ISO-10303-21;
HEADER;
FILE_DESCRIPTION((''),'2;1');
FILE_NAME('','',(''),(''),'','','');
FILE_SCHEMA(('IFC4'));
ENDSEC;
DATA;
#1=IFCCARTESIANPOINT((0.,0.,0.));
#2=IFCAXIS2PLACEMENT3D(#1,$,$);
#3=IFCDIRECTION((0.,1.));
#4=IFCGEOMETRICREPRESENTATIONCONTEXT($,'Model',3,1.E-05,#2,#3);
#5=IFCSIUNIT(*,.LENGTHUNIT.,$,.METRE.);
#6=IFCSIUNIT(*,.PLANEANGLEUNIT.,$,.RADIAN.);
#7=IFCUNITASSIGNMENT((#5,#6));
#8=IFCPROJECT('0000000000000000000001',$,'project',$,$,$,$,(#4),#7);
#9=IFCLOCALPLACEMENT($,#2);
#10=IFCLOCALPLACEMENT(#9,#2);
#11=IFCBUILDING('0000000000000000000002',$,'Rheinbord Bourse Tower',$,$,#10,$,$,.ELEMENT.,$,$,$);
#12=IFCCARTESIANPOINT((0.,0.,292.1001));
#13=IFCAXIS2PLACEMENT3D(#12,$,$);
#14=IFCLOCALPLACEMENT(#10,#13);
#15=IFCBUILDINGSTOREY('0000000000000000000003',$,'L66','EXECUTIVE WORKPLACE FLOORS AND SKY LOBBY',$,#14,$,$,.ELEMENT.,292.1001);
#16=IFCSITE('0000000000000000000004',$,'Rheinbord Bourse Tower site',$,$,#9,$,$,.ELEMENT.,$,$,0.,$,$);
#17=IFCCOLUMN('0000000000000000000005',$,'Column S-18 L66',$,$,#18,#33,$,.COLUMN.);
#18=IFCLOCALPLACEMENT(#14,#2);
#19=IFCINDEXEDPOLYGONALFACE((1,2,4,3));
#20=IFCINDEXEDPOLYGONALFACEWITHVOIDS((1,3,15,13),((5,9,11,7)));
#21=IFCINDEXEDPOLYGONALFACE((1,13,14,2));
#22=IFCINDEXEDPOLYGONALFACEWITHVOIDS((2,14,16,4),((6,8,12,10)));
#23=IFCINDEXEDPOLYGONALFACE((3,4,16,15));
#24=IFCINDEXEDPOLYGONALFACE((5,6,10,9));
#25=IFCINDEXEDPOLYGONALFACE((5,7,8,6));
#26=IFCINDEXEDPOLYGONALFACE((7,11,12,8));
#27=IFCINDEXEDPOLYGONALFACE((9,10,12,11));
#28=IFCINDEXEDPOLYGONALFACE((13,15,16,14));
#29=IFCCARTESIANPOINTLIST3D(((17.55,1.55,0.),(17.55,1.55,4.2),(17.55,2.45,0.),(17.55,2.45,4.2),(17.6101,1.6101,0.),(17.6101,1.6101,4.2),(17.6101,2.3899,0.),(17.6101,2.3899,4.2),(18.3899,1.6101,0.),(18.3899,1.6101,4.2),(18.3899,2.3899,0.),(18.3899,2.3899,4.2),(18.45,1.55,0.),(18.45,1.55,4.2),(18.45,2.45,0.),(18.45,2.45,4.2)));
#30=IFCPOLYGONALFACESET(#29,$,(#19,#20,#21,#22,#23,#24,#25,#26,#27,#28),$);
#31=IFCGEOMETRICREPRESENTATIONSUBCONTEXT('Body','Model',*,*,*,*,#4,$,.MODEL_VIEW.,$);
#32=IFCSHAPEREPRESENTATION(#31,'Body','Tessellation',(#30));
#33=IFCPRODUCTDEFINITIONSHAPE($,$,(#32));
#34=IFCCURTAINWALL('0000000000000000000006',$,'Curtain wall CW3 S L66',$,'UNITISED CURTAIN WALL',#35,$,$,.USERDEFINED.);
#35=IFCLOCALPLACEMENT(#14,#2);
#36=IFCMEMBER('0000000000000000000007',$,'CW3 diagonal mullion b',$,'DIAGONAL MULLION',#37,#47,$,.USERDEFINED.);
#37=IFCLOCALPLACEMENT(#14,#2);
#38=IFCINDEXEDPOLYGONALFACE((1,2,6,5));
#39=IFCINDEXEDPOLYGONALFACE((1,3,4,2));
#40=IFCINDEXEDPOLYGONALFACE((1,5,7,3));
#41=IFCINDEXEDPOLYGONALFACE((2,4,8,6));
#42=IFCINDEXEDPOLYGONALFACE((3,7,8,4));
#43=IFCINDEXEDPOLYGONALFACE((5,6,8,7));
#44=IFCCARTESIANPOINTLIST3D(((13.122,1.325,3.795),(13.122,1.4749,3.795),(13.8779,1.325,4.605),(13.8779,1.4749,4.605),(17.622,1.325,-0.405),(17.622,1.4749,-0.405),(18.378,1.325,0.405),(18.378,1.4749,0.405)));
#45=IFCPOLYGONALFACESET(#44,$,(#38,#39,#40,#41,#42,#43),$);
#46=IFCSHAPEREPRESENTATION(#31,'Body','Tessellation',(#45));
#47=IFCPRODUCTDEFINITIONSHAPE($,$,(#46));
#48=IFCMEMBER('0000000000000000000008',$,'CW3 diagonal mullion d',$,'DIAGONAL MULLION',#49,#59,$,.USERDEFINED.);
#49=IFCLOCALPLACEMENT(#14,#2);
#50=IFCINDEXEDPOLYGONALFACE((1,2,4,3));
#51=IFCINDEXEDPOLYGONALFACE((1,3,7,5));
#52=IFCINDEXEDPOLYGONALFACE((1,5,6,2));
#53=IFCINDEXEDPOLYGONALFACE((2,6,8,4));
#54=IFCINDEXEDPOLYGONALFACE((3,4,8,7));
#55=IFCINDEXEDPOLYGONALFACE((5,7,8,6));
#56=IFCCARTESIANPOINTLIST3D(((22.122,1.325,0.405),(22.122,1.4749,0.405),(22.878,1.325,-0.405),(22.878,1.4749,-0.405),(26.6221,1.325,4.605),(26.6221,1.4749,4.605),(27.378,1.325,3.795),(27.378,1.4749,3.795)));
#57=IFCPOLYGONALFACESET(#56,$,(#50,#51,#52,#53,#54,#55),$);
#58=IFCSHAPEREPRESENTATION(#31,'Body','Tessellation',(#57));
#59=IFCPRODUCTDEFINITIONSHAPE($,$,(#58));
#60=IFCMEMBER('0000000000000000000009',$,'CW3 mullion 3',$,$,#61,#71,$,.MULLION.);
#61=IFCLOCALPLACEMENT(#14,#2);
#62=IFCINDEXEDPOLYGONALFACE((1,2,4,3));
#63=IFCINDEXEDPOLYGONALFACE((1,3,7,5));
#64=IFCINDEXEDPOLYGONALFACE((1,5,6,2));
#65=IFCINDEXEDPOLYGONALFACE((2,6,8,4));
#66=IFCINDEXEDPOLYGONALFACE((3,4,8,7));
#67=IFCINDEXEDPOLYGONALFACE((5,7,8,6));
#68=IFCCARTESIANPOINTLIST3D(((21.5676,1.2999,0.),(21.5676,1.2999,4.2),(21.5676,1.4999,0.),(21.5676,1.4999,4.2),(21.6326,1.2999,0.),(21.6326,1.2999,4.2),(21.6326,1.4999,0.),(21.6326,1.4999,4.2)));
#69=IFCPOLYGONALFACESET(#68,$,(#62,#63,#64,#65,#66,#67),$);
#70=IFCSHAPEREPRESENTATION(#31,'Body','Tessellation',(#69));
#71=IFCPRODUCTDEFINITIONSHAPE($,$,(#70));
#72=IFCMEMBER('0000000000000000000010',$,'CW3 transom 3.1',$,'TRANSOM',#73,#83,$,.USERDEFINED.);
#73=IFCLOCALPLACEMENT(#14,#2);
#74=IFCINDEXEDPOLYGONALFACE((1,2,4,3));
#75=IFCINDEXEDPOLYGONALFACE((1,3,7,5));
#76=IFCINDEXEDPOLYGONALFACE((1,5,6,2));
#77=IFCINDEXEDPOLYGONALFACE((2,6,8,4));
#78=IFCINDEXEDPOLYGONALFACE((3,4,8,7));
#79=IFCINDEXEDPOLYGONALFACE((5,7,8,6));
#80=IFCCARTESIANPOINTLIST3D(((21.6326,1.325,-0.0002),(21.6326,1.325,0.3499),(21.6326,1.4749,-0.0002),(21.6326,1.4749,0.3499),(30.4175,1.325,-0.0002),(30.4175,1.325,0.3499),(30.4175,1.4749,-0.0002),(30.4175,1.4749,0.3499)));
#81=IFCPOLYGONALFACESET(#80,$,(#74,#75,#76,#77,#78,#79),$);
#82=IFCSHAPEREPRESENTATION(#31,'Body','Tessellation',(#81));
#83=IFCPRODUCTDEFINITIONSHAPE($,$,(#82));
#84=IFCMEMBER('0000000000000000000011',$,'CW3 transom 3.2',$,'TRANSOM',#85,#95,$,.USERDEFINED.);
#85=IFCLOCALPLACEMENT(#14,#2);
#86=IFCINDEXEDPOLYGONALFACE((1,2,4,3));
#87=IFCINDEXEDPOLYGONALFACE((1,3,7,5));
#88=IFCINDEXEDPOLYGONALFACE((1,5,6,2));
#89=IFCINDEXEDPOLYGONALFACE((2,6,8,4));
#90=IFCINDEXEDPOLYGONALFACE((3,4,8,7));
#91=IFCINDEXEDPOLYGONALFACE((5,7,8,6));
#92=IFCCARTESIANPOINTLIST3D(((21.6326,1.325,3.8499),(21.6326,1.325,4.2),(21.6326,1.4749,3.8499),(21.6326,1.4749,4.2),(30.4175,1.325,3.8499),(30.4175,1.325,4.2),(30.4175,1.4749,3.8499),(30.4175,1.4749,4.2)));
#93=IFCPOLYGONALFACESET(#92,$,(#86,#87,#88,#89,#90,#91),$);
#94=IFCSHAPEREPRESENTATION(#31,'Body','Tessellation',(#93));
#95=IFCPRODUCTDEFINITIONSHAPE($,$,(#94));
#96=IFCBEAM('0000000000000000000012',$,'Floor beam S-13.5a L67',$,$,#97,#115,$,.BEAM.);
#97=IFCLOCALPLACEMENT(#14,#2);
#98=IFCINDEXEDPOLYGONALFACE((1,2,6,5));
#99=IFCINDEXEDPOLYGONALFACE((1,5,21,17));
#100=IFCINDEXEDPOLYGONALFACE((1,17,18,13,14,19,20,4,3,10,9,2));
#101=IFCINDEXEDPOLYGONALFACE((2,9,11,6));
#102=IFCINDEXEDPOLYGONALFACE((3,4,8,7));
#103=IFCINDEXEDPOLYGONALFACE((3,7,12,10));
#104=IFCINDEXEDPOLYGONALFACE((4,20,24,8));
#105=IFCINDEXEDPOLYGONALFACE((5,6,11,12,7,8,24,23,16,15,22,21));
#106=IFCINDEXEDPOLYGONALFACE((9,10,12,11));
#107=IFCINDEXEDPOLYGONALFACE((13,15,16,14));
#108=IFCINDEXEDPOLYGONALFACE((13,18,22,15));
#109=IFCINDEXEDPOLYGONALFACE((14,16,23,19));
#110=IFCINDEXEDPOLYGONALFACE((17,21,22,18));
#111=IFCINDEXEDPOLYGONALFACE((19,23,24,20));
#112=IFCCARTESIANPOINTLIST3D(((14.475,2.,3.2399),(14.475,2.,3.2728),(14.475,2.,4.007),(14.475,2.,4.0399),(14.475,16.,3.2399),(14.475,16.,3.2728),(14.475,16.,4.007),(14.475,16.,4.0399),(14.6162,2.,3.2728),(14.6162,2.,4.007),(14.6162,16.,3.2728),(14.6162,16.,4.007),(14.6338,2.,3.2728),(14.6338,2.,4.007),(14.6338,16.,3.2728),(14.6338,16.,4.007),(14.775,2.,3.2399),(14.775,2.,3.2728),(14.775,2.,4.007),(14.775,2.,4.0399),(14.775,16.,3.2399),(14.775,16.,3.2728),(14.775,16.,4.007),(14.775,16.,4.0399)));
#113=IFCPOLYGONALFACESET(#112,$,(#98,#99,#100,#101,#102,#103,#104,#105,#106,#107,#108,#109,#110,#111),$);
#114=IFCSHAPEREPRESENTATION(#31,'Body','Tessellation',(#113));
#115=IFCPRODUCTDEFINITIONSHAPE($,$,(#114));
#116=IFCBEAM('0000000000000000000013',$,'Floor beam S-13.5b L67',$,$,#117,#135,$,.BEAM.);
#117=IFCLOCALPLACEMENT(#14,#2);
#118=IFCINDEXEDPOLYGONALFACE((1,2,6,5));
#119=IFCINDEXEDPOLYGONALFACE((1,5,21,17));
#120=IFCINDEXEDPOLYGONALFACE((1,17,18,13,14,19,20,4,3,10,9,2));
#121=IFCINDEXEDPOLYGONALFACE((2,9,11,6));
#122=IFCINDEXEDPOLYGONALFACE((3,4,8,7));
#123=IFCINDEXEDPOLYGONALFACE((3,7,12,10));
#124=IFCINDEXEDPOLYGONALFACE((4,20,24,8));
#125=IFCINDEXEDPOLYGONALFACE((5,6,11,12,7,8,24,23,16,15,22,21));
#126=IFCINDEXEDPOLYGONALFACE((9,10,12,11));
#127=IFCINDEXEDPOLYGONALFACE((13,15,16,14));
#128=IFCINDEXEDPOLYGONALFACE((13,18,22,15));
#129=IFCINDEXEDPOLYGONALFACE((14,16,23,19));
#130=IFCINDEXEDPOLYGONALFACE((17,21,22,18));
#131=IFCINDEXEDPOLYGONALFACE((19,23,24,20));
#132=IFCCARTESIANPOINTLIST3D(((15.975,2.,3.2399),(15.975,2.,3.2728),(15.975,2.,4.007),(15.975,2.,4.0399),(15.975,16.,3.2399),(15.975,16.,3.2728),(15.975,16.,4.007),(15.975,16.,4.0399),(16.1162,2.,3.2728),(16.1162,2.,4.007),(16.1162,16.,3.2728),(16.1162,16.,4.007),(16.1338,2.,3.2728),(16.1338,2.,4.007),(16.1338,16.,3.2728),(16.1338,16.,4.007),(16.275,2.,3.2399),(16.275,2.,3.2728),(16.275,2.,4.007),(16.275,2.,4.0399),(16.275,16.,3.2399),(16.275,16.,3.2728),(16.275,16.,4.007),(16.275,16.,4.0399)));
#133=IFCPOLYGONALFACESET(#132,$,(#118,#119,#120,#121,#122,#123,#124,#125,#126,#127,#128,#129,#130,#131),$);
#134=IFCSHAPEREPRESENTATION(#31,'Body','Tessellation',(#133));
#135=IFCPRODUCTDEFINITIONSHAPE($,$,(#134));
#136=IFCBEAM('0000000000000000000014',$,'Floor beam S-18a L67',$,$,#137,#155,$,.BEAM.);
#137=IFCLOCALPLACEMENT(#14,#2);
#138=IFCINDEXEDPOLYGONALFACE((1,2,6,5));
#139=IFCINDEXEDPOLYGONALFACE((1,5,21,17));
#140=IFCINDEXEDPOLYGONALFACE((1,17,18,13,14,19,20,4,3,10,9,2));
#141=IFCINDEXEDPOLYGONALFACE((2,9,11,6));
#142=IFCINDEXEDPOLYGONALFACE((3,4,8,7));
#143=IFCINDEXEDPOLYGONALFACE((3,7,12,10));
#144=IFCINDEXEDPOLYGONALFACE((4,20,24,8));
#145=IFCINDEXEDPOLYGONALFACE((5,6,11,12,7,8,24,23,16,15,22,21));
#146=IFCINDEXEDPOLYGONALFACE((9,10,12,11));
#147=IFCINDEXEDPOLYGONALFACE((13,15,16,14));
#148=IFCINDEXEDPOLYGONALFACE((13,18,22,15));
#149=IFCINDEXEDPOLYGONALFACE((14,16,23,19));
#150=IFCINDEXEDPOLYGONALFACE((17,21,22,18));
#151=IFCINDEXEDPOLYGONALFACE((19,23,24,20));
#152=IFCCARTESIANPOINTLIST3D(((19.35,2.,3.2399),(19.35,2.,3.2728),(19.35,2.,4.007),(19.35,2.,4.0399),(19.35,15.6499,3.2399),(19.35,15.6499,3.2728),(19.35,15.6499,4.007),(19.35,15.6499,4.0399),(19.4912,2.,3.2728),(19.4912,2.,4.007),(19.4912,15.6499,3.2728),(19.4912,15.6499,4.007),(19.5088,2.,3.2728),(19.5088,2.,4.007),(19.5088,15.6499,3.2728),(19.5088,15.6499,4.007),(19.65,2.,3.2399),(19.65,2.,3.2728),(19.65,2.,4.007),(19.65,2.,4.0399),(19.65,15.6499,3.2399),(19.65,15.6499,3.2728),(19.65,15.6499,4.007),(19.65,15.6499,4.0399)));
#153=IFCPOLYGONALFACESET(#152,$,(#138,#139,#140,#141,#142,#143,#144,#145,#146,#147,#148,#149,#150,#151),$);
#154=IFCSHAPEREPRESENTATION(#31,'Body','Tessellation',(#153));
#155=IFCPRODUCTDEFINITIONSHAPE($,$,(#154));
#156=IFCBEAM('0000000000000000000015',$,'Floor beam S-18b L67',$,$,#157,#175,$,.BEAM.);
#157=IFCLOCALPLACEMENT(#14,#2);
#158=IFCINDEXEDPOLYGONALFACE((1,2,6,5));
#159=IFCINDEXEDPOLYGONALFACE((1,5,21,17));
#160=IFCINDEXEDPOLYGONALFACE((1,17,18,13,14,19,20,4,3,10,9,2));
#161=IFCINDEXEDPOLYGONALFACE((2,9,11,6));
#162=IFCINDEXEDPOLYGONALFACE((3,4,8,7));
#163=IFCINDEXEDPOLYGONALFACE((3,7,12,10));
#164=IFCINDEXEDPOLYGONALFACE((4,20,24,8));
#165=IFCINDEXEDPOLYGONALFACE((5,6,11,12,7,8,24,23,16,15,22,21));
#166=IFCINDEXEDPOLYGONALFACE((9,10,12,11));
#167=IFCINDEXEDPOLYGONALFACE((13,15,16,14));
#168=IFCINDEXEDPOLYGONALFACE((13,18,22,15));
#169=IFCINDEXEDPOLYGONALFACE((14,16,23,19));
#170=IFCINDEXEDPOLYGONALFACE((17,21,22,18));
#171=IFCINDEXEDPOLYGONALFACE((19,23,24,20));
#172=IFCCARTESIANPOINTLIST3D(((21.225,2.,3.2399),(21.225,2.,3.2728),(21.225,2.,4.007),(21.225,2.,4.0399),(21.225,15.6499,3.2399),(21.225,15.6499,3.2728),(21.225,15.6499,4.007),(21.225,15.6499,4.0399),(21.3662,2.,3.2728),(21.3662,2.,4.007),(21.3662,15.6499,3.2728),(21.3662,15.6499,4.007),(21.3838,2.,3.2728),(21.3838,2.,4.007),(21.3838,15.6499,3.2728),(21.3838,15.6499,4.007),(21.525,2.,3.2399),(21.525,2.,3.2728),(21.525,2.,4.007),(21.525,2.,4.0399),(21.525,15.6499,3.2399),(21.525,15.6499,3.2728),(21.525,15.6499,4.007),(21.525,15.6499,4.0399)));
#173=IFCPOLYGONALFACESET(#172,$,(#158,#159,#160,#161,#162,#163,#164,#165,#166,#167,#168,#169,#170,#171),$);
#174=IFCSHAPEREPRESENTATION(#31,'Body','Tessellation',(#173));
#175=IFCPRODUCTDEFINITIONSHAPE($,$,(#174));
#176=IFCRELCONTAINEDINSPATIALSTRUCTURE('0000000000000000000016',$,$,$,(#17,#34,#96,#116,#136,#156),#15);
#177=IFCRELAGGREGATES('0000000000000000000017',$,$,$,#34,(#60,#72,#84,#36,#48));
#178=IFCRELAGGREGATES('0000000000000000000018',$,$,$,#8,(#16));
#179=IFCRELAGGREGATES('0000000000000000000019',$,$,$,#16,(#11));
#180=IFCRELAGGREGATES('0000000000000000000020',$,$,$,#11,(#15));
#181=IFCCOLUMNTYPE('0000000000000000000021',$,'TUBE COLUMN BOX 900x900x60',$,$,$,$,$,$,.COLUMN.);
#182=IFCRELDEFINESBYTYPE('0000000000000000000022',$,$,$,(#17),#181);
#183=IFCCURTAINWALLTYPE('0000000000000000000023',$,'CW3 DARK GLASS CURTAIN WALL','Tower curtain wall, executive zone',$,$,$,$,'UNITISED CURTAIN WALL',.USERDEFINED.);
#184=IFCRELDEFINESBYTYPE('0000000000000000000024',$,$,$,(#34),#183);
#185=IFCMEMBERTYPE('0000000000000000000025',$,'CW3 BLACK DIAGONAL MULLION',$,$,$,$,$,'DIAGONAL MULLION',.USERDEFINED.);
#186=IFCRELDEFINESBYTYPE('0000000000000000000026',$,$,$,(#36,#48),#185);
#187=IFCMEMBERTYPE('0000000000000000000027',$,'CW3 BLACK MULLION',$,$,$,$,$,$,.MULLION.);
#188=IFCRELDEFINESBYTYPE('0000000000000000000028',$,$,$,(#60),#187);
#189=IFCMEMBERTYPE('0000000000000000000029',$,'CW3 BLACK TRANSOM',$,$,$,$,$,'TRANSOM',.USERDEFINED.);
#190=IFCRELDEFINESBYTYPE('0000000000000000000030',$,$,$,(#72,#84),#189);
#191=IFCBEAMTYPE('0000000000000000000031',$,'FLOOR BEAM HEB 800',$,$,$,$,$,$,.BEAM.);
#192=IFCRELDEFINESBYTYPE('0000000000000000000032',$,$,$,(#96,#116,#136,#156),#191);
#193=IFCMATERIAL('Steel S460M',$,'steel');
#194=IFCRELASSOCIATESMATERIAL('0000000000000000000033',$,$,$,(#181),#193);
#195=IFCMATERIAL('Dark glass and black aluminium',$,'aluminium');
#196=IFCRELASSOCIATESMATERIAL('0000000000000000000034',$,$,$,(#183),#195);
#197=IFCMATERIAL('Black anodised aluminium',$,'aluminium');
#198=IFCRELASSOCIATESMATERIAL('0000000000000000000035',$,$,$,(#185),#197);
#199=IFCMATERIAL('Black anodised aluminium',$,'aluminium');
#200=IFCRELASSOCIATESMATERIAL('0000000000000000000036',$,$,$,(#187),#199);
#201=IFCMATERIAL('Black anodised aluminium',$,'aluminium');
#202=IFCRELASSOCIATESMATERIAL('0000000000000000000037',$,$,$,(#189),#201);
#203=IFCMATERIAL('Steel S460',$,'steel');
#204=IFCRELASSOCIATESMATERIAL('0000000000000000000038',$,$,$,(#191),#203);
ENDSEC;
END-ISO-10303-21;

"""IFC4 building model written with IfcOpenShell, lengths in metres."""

from ifc_helpers import new_model, si_unit, direction, frame, origin, origin_2d, place, context, subcontext, project, spatial, rectangle, hollow_rectangle, i_section, extrude, material, material_profile, profile_set, type_object, element, aggregate, save


model = new_model("IFC4")

# Units and contexts
model_context = context("Model", 3, precision=1e-05, world=origin(), true_north=direction((0.0, 1.0)))
body_context = subcontext(model_context, "Body", "Model", "MODEL_VIEW")
ifc_project = project(units=[si_unit("LENGTHUNIT", "METRE"), si_unit("PLANEANGLEUNIT", "RADIAN")], contexts=[model_context])

# Site, building, storey
site_placement = place(None, origin())
site = spatial("IfcSite", under=ifc_project, at=site_placement, Name="Rheinbord Bourse Tower site", CompositionType="ELEMENT", RefElevation=0.0)
building_placement = place(site_placement, origin())
building = spatial("IfcBuilding", under=site, at=building_placement, Name="Rheinbord Bourse Tower", CompositionType="ELEMENT")
storey_placement = place(building_placement, frame((0.0, 0.0, 292.1001)))
storey = spatial("IfcBuildingStorey", under=building, at=storey_placement, Name="L66", Description="EXECUTIVE WORKPLACE FLOORS AND SKY LOBBY", CompositionType="ELEMENT", Elevation=292.1001)

# Column
ifc_material_1 = material(Name="Steel S460M", Category="steel")
ifc_material_profile_1 = material_profile(ifc_material_1, hollow_rectangle(XDim=0.8999, YDim=0.8999, WallThickness=0.0601, at=origin_2d()), Name="BOX 900x900x60")
ifc_profile_set_1 = profile_set([ifc_material_profile_1], Name="Steel S460M")
column_type = type_object("IfcColumnType", Name="TUBE COLUMN BOX 900x900x60", PredefinedType="COLUMN", material=ifc_profile_set_1)
column_placement = place(storey_placement, frame((18.0, 2.0, 0.0), z_axis=(0.0, 0.0, 1.0), x_axis=(0.0, 1.0, 0.0)))
element("IfcColumn", 1, at=column_placement, inside=storey, type_object=column_type, Name="Column S-18 L66", PredefinedType="COLUMN", context=body_context, shape_type="SweptSolid", body=[
    extrude(hollow_rectangle(XDim=0.8999, YDim=0.8999, WallThickness=0.0601, at=origin_2d()), origin(), (0.0, 0.0, 1.0), 4.2),
])

# Curtain wall, members
ifc_material_2 = material(Name="Dark glass and black aluminium", Category="aluminium")
curtain_wall_type = type_object("IfcCurtainWallType", Name="CW3 DARK GLASS CURTAIN WALL", Description="Tower curtain wall, executive zone", ElementType="UNITISED CURTAIN WALL", PredefinedType="USERDEFINED", material=ifc_material_2)
curtain_wall_placement = place(storey_placement, origin())
curtain_wall = element("IfcCurtainWall", 2, at=curtain_wall_placement, inside=storey, type_object=curtain_wall_type, Name="Curtain wall CW3 S L66", ObjectType="UNITISED CURTAIN WALL", PredefinedType="USERDEFINED")
ifc_material_3 = material(Name="Black anodised aluminium", Category="aluminium")
ifc_material_profile_2 = material_profile(ifc_material_3, rectangle(XDim=0.1499, YDim=1.1079, at=origin_2d()), Name="CW3 DIAGONAL MULLION 1108x150")
ifc_profile_set_2 = profile_set([ifc_material_profile_2], Name="Black anodised aluminium")
member_type_1 = type_object("IfcMemberType", Name="CW3 BLACK DIAGONAL MULLION", ElementType="DIAGONAL MULLION", PredefinedType="USERDEFINED", material=ifc_profile_set_2)
member_1_placement = place(storey_placement, frame((18.0, 1.3999, 0.0), z_axis=(-0.731059, 0.0, 0.682314), x_axis=(0.0, -1.0, 0.0)))
member_1 = element("IfcMember", 3, at=member_1_placement, type_object=member_type_1, Name="CW3 diagonal mullion b", ObjectType="DIAGONAL MULLION", PredefinedType="USERDEFINED", context=body_context, shape_type="SweptSolid", body=[
    extrude(rectangle(XDim=0.1499, YDim=1.1079, at=origin_2d()), origin(), (0.0, 0.0, 1.0), 6.1555),
])
member_2_placement = place(storey_placement, frame((22.5, 1.3999, 0.0), z_axis=(0.731059, 0.0, 0.682314), x_axis=(0.0, 1.0, 0.0)))
member_2 = element("IfcMember", 4, at=member_2_placement, type_object=member_type_1, Name="CW3 diagonal mullion d", ObjectType="DIAGONAL MULLION", PredefinedType="USERDEFINED", context=body_context, shape_type="SweptSolid", body=[
    extrude(rectangle(XDim=0.1499, YDim=1.1079, at=origin_2d()), origin(), (0.0, 0.0, 1.0), 6.1555),
])
ifc_material_4 = material(Name="Black anodised aluminium", Category="aluminium")
ifc_material_profile_3 = material_profile(ifc_material_4, rectangle(XDim=0.2, YDim=0.0649, at=origin_2d()), Name="CW3 MULLION 65x200")
ifc_profile_set_3 = profile_set([ifc_material_profile_3], Name="Black anodised aluminium")
member_type_2 = type_object("IfcMemberType", Name="CW3 BLACK MULLION", PredefinedType="MULLION", material=ifc_profile_set_3)
member_3_placement = place(storey_placement, frame((21.6001, 1.3999, 0.0), z_axis=(0.0, 0.0, 1.0), x_axis=(0.0, 1.0, 0.0)))
member_3 = element("IfcMember", 5, at=member_3_placement, type_object=member_type_2, Name="CW3 mullion 3", PredefinedType="MULLION", context=body_context, shape_type="SweptSolid", body=[
    extrude(rectangle(XDim=0.2, YDim=0.0649, at=origin_2d()), origin(), (0.0, 0.0, 1.0), 4.2),
])
ifc_material_5 = material(Name="Black anodised aluminium", Category="aluminium")
ifc_material_profile_4 = material_profile(ifc_material_5, rectangle(XDim=0.1499, YDim=0.3501, at=origin_2d()), Name="CW3 TRANSOM 350x150")
ifc_profile_set_4 = profile_set([ifc_material_profile_4], Name="Black anodised aluminium")
member_type_3 = type_object("IfcMemberType", Name="CW3 BLACK TRANSOM", ElementType="TRANSOM", PredefinedType="USERDEFINED", material=ifc_profile_set_4)
member_4_placement = place(storey_placement, frame((21.6326, 1.3999, 0.1748), z_axis=(1.0, 0.0, 0.0), x_axis=(0.0, 1.0, 0.0)))
member_4 = element("IfcMember", 6, at=member_4_placement, type_object=member_type_3, Name="CW3 transom 3.1", ObjectType="TRANSOM", PredefinedType="USERDEFINED", context=body_context, shape_type="SweptSolid", body=[
    extrude(rectangle(XDim=0.1499, YDim=0.3501, at=origin_2d()), origin(), (0.0, 0.0, 1.0), 8.7849),
])
member_5_placement = place(storey_placement, frame((21.6326, 1.3999, 4.0249), z_axis=(1.0, 0.0, 0.0), x_axis=(0.0, 1.0, 0.0)))
member_5 = element("IfcMember", 7, at=member_5_placement, type_object=member_type_3, Name="CW3 transom 3.2", ObjectType="TRANSOM", PredefinedType="USERDEFINED", context=body_context, shape_type="SweptSolid", body=[
    extrude(rectangle(XDim=0.1499, YDim=0.3501, at=origin_2d()), origin(), (0.0, 0.0, 1.0), 8.7849),
])

# Beams
ifc_material_6 = material(Name="Steel S460", Category="steel")
ifc_material_profile_5 = material_profile(ifc_material_6, i_section(OverallWidth=0.3, OverallDepth=0.8, WebThickness=0.0176, FlangeThickness=0.033, at=origin_2d()), Name="HEB 800")
ifc_profile_set_5 = profile_set([ifc_material_profile_5], Name="Steel S460")
beam_type_1 = type_object("IfcBeamType", Name="FLOOR BEAM HEB 800", PredefinedType="BEAM", material=ifc_profile_set_5)
for number, where, z_axis, x_axis, name in (
    (8, (14.625, 2.0, 3.6399), (0.0, 1.0, 0.0), (-1.0, 0.0, 0.0), "Floor beam S-13.5a L67"),
    (9, (16.125, 2.0, 3.6399), (0.0, 1.0, 0.0), (-1.0, 0.0, 0.0), "Floor beam S-13.5b L67"),
):
    element("IfcBeam", number, at=place(storey_placement, frame(where, z_axis=z_axis, x_axis=x_axis)), inside=storey, type_object=beam_type_1, Name=name, PredefinedType="BEAM", context=body_context, shape_type="SweptSolid", body=[
        extrude(i_section(OverallWidth=0.3, OverallDepth=0.8, WebThickness=0.0176, FlangeThickness=0.033, at=origin_2d()), origin(), (0.0, 0.0, 1.0), 14.0),
    ])
for number, where, z_axis, x_axis, name in (
    (10, (19.5, 2.0, 3.6399), (0.0, 1.0, 0.0), (-1.0, 0.0, 0.0), "Floor beam S-18a L67"),
    (11, (21.375, 2.0, 3.6399), (0.0, 1.0, 0.0), (-1.0, 0.0, 0.0), "Floor beam S-18b L67"),
):
    element("IfcBeam", number, at=place(storey_placement, frame(where, z_axis=z_axis, x_axis=x_axis)), inside=storey, type_object=beam_type_1, Name=name, PredefinedType="BEAM", context=body_context, shape_type="SweptSolid", body=[
        extrude(i_section(OverallWidth=0.3, OverallDepth=0.8, WebThickness=0.0176, FlangeThickness=0.033, at=origin_2d()), origin(), (0.0, 0.0, 1.0), 13.6499),
    ])

aggregate(curtain_wall, [member_3, member_4, member_5, member_1, member_2])

save(model, "model.ifc")
